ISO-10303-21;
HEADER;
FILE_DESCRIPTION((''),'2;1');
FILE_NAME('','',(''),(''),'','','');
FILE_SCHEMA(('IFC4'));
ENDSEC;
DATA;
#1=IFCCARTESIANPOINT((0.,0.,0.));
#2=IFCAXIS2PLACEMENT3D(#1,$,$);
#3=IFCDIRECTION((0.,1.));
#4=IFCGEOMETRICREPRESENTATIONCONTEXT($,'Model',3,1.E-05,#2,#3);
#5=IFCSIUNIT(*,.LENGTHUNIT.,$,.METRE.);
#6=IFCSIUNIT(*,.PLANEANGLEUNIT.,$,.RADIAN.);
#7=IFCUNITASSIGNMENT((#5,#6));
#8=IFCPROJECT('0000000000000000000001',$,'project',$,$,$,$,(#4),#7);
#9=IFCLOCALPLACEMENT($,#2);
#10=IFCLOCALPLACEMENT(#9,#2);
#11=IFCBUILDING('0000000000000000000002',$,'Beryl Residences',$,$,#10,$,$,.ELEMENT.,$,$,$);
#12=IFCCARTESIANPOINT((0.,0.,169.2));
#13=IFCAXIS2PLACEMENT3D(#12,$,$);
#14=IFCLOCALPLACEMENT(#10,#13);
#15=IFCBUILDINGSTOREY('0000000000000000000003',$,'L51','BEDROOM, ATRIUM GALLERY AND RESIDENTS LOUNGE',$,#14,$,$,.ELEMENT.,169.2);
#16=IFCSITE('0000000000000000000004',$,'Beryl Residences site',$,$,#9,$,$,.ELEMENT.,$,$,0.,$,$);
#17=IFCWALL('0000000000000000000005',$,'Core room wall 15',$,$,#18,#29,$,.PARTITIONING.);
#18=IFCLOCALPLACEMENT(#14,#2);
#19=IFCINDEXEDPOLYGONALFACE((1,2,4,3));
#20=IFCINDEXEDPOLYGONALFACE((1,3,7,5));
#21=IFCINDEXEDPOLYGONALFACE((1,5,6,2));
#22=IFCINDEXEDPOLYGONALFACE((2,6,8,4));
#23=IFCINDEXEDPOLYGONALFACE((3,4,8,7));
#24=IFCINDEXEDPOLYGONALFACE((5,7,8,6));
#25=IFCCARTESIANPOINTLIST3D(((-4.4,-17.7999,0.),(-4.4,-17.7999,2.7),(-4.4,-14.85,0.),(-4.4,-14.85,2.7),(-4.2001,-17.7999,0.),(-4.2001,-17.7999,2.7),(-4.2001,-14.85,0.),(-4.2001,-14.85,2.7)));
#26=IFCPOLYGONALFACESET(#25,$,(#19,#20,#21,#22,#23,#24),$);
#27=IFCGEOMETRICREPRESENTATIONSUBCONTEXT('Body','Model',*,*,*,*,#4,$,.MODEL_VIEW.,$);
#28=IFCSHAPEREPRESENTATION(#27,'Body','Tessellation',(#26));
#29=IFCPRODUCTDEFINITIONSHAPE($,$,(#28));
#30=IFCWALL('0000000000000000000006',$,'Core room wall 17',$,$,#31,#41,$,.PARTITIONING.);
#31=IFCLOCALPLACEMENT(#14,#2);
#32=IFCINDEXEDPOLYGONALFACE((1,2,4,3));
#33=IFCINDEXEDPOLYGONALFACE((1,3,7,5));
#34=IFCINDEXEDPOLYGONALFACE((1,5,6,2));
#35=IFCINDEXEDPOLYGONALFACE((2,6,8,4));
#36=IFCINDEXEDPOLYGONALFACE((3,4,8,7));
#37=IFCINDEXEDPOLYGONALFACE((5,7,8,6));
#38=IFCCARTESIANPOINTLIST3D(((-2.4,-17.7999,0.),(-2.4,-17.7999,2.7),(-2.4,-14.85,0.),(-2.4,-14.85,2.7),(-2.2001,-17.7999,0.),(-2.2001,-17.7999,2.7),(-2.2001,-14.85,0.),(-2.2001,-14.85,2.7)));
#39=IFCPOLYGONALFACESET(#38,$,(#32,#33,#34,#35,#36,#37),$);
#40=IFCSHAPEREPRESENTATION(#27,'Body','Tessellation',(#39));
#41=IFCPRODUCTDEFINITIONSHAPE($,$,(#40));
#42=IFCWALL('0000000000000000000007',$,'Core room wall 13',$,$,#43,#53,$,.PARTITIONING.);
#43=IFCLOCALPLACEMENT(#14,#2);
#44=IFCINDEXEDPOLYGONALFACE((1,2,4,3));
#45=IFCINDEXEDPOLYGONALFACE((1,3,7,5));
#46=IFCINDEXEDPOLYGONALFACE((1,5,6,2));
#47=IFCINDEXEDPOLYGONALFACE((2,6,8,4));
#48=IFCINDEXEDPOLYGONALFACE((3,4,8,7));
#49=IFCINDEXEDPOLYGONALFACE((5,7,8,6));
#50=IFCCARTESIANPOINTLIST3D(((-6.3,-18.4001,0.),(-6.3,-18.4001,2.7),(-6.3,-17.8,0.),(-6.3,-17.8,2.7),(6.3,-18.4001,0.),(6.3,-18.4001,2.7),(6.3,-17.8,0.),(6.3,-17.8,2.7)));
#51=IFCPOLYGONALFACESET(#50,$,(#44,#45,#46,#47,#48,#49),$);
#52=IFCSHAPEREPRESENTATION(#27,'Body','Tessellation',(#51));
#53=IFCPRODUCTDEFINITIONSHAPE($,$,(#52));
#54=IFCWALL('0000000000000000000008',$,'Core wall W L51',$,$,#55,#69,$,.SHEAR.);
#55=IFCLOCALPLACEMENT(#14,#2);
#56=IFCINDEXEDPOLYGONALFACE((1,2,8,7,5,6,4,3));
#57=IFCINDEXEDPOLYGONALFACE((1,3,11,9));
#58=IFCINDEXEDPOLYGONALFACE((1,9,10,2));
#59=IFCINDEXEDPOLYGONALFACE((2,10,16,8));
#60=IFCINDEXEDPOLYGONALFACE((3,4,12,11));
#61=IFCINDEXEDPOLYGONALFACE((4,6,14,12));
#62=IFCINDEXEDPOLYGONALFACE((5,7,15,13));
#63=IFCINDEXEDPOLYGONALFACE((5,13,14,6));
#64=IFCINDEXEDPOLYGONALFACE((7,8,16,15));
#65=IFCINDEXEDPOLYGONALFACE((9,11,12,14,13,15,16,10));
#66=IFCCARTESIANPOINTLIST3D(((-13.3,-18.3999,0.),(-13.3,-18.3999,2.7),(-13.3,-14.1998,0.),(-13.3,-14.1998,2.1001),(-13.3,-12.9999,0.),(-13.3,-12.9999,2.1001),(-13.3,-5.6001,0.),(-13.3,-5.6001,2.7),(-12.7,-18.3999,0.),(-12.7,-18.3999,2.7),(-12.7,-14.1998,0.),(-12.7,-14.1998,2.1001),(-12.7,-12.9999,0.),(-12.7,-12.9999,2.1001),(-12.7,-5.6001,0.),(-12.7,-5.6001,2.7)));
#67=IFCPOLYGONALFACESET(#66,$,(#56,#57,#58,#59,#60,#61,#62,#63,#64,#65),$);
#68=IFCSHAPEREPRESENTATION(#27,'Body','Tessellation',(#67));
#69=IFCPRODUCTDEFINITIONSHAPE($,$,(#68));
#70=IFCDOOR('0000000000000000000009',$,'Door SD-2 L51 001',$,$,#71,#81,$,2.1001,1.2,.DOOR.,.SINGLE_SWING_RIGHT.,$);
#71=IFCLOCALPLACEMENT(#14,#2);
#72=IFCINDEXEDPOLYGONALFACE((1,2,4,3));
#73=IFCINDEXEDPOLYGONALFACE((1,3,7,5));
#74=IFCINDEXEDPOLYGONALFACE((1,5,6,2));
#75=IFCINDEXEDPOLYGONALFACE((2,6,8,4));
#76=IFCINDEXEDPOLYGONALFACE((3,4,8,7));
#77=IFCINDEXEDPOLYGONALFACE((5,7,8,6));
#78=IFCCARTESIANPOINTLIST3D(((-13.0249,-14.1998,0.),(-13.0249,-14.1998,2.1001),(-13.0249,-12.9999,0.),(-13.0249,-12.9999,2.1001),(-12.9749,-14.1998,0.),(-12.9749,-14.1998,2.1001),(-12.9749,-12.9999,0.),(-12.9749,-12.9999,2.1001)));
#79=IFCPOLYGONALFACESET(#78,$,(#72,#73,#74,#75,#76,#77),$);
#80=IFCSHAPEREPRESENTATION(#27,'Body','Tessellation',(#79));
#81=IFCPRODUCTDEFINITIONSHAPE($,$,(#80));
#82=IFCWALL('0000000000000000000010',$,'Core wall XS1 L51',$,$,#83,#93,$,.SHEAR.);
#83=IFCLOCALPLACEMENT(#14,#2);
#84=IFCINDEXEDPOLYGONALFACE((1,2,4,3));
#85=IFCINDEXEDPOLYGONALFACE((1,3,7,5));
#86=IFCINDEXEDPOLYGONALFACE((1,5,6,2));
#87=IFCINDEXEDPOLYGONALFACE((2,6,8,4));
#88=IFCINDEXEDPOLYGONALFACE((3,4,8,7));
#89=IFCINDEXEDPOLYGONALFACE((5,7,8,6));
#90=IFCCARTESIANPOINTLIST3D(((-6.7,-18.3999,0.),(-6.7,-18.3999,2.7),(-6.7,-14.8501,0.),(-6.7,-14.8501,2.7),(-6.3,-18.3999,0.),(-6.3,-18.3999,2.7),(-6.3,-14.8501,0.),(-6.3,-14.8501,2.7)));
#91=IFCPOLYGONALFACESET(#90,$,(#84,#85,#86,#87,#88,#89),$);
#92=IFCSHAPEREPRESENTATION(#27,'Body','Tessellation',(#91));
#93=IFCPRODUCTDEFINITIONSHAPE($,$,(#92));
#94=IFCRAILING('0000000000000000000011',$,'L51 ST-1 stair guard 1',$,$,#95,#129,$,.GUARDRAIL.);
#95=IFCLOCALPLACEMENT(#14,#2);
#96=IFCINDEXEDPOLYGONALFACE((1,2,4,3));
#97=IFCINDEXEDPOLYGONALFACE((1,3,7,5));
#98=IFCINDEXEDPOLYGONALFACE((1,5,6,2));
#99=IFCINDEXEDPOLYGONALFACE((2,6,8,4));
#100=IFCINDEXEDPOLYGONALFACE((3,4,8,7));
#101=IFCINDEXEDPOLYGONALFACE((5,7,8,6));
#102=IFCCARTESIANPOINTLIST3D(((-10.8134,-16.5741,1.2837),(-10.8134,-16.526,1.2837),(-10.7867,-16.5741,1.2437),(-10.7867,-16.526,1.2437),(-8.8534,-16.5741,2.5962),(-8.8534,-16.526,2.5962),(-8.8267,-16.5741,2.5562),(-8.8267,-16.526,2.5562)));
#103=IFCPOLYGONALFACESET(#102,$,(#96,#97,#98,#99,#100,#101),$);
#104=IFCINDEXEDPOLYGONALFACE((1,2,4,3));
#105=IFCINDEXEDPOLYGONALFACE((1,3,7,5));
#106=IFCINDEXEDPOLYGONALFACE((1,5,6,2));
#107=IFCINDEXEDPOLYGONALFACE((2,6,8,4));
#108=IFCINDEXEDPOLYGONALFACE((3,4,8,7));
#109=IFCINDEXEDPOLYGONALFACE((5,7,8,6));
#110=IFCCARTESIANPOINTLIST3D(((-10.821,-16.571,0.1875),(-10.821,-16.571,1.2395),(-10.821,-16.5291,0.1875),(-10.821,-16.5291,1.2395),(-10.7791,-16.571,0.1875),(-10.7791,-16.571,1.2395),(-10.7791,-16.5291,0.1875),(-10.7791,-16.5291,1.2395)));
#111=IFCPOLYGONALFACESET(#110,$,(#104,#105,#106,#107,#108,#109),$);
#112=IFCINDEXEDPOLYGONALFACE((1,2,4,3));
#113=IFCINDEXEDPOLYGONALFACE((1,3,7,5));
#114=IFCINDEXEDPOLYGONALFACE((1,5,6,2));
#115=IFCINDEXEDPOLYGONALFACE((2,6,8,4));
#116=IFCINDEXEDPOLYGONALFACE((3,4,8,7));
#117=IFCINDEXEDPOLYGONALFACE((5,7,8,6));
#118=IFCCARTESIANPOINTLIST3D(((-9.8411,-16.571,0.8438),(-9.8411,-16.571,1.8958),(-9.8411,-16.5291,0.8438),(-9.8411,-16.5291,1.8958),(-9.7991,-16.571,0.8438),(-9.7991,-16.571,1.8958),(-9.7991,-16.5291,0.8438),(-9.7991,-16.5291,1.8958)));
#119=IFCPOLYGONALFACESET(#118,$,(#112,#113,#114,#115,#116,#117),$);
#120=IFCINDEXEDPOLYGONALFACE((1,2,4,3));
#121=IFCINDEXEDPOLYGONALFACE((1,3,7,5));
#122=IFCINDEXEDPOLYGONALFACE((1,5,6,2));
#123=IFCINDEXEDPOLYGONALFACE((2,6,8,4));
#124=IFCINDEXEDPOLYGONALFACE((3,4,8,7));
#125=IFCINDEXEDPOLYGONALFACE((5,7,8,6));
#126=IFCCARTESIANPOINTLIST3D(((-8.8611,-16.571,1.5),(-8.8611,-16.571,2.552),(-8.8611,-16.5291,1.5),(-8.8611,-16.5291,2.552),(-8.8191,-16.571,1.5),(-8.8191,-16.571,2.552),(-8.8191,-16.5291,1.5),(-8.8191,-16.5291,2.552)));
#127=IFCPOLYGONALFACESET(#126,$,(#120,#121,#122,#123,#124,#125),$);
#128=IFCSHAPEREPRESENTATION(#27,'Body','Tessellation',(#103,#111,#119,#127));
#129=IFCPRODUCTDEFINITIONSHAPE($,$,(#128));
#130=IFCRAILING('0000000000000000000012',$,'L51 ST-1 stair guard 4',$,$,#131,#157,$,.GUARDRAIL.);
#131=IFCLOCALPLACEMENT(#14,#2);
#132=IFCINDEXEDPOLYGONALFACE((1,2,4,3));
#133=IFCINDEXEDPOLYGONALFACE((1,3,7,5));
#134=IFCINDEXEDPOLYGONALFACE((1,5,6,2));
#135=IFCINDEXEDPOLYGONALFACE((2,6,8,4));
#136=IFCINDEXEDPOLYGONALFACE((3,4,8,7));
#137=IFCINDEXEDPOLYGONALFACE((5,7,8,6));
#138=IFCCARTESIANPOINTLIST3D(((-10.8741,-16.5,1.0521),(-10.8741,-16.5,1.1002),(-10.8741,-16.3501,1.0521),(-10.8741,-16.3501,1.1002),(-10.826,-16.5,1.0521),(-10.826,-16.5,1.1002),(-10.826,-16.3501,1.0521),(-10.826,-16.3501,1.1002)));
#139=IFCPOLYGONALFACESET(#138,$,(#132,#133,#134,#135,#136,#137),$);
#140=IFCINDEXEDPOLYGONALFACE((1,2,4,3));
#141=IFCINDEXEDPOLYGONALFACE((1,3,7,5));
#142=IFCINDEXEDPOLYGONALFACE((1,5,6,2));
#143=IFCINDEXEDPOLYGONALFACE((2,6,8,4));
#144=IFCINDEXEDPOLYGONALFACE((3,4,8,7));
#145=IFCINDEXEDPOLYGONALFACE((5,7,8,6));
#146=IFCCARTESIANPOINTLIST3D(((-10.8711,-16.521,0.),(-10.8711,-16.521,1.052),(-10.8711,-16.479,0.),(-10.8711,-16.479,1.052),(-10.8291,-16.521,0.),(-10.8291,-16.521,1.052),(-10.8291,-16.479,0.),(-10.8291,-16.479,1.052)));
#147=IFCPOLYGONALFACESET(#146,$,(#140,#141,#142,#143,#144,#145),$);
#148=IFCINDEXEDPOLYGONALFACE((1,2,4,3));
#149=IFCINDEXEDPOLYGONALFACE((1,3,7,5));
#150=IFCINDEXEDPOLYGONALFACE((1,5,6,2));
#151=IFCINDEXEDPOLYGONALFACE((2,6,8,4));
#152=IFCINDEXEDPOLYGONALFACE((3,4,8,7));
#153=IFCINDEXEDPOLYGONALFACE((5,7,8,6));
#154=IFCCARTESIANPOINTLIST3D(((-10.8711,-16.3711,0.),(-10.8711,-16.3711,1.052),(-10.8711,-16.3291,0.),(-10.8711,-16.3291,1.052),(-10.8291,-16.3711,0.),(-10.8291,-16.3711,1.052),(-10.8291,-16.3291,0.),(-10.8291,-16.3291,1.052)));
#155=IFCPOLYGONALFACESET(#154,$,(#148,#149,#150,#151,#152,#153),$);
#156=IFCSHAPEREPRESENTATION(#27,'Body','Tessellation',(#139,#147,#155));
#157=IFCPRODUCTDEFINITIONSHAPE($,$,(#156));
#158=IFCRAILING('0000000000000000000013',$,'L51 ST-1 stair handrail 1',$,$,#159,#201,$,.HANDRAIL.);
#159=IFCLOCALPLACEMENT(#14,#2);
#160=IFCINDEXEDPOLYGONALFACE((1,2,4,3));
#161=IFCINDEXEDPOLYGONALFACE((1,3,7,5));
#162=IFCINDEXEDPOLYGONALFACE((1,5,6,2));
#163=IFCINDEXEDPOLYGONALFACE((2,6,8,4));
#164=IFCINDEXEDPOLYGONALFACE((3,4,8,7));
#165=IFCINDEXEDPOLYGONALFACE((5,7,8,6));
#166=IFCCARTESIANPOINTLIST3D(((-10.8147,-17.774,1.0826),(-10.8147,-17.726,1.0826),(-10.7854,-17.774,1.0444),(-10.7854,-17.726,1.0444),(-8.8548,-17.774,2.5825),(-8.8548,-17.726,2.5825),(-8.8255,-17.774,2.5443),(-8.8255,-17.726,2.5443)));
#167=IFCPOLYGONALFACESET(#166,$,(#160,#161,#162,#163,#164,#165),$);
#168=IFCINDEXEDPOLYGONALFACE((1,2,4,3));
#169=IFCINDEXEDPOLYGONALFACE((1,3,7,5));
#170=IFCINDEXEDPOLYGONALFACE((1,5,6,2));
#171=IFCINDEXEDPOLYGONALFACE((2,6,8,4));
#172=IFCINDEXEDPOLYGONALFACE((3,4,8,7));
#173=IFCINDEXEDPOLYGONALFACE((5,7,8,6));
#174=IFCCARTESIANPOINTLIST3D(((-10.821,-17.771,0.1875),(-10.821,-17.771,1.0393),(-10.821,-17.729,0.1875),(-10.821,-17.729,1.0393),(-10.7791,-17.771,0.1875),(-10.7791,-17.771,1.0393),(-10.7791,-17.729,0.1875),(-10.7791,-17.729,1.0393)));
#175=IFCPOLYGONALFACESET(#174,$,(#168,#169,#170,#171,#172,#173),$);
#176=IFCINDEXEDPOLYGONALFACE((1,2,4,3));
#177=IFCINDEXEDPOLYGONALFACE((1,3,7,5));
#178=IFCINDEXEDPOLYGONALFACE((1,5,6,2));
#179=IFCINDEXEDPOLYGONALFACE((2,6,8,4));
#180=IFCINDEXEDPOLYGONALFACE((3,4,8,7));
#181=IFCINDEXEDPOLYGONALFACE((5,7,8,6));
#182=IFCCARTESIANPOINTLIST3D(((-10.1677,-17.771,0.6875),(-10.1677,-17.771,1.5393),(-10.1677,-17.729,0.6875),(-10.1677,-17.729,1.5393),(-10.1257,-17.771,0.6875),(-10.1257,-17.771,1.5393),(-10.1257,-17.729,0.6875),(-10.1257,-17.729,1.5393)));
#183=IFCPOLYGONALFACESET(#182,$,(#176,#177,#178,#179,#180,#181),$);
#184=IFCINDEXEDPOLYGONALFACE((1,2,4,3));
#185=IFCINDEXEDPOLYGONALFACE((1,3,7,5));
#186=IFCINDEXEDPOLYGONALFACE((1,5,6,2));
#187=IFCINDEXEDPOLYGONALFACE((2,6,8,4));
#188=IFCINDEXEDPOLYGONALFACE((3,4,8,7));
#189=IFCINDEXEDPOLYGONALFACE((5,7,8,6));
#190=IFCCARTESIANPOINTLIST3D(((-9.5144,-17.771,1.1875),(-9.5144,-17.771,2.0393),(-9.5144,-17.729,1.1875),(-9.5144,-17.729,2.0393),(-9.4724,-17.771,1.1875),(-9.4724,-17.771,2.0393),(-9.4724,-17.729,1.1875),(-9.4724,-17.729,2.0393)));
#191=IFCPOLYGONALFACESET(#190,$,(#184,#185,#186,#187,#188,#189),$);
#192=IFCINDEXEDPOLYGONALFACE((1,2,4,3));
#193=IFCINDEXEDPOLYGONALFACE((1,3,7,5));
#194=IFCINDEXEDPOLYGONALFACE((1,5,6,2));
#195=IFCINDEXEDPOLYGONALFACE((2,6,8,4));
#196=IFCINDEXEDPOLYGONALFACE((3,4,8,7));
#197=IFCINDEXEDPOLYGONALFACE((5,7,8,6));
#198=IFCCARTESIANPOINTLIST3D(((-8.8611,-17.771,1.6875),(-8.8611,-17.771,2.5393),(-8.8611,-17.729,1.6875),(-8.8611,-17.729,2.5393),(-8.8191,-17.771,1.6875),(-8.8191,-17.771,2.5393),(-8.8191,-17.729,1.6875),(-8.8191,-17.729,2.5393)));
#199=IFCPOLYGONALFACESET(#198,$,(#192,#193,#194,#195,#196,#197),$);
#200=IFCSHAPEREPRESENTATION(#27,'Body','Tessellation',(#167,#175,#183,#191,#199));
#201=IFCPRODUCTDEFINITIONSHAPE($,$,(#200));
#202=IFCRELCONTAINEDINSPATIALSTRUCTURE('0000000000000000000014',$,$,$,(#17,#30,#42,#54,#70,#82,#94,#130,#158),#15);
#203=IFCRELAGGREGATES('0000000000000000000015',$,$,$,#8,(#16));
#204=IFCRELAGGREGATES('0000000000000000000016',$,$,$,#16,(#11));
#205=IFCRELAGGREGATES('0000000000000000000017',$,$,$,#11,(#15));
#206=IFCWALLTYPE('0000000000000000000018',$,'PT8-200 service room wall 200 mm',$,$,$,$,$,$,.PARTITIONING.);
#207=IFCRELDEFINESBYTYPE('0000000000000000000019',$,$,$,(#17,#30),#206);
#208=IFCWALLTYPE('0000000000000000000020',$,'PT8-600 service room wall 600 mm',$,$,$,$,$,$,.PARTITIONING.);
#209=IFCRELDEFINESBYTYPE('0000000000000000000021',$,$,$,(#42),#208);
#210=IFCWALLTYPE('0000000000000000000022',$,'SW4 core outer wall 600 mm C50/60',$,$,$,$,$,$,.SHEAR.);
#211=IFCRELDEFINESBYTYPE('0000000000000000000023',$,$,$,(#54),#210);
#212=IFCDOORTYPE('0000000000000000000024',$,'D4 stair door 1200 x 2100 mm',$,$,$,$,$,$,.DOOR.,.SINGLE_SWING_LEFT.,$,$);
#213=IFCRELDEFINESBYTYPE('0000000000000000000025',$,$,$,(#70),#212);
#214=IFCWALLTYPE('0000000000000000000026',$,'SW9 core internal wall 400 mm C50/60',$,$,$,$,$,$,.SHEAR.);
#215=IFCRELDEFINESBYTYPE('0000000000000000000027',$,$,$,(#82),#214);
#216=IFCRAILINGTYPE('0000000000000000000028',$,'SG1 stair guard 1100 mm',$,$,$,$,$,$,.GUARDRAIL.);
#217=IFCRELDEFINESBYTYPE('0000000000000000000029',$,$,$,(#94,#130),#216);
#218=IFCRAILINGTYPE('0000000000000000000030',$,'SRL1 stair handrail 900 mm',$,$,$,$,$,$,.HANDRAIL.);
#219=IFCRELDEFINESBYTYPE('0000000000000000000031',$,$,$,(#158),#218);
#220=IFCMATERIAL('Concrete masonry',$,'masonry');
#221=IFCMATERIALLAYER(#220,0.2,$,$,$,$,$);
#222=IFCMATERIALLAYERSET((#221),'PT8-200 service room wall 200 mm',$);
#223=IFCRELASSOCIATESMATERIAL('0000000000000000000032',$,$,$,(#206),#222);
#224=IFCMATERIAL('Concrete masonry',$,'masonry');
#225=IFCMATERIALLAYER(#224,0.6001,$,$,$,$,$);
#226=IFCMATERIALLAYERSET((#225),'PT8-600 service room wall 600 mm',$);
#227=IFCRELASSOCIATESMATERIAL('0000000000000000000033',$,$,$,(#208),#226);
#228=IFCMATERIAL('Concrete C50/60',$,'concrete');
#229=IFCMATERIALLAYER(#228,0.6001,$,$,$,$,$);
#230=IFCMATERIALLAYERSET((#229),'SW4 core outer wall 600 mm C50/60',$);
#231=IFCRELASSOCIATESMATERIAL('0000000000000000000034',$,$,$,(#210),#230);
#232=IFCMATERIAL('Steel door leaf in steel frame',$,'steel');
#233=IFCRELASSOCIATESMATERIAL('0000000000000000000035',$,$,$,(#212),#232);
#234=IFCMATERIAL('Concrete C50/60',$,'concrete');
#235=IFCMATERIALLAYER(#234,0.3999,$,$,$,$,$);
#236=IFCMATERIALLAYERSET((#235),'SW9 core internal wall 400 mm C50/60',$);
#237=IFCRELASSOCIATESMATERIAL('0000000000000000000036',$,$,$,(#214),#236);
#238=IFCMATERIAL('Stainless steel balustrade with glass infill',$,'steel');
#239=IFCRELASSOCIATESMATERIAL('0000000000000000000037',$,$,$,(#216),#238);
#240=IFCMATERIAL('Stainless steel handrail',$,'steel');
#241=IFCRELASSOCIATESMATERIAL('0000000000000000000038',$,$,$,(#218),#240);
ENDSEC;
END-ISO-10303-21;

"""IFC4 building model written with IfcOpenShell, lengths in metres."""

from ifc_helpers import new_model, si_unit, direction, frame, frame_2d, origin, origin_2d, place, context, subcontext, project, spatial, rectangle, extrude, material, layer, layer_set, type_object, element, fill, save


model = new_model("IFC4")

# Units and contexts
model_context = context("Model", 3, precision=1e-05, world=origin(), true_north=direction((0.0, 1.0)))
body_context = subcontext(model_context, "Body", "Model", "MODEL_VIEW")
ifc_project = project(units=[si_unit("LENGTHUNIT", "METRE"), si_unit("PLANEANGLEUNIT", "RADIAN")], contexts=[model_context])

# Site, building, storey
site_placement = place(None, origin())
site = spatial("IfcSite", under=ifc_project, at=site_placement, Name="Beryl Residences site", CompositionType="ELEMENT", RefElevation=0.0)
building_placement = place(site_placement, origin())
building = spatial("IfcBuilding", under=site, at=building_placement, Name="Beryl Residences", CompositionType="ELEMENT")
storey_placement = place(building_placement, frame((0.0, 0.0, 169.2)))
storey = spatial("IfcBuildingStorey", under=building, at=storey_placement, Name="L51", Description="BEDROOM, ATRIUM GALLERY AND RESIDENTS LOUNGE", CompositionType="ELEMENT", Elevation=169.2)

# Walls
ifc_material_1 = material(Name="Concrete masonry", Category="masonry")
ifc_layer_1 = layer(ifc_material_1, 0.2)
ifc_layer_set_1 = layer_set([ifc_layer_1], Name="PT8-200 service room wall 200 mm")
wall_type_1 = type_object("IfcWallType", Name="PT8-200 service room wall 200 mm", PredefinedType="PARTITIONING", material=ifc_layer_set_1)
for number, where, z_axis, x_axis, name in (
    (1, (-4.3, -17.8, 0.0), (0.0, 0.0, 1.0), (0.0, 1.0, 0.0), "Core room wall 15"),
    (2, (-2.3, -17.8, 0.0), (0.0, 0.0, 1.0), (0.0, 1.0, 0.0), "Core room wall 17"),
):
    element("IfcWall", number, at=place(storey_placement, frame(where, z_axis=z_axis, x_axis=x_axis)), inside=storey, type_object=wall_type_1, Name=name, PredefinedType="PARTITIONING", context=body_context, shape_type="SweptSolid", body=[
        extrude(rectangle(XDim=2.95, YDim=0.2, at=frame_2d((1.4751, 0.0))), origin(), (0.0, 0.0, 1.0), 2.7),
    ])
ifc_material_2 = material(Name="Concrete masonry", Category="masonry")
ifc_layer_2 = layer(ifc_material_2, 0.6001)
ifc_layer_set_2 = layer_set([ifc_layer_2], Name="PT8-600 service room wall 600 mm")
wall_type_2 = type_object("IfcWallType", Name="PT8-600 service room wall 600 mm", PredefinedType="PARTITIONING", material=ifc_layer_set_2)
wall_1_placement = place(storey_placement, frame((-6.3, -18.1001, 0.0), z_axis=(0.0, 0.0, 1.0), x_axis=(1.0, 0.0, 0.0)))
element("IfcWall", 3, at=wall_1_placement, inside=storey, type_object=wall_type_2, Name="Core room wall 13", PredefinedType="PARTITIONING", context=body_context, shape_type="SweptSolid", body=[
    extrude(rectangle(XDim=12.6001, YDim=0.6001, at=frame_2d((6.3, 0.0))), origin(), (0.0, 0.0, 1.0), 2.7),
])

# Wall, opening, door
ifc_material_3 = material(Name="Concrete C50/60", Category="concrete")
ifc_layer_3 = layer(ifc_material_3, 0.6001)
ifc_layer_set_3 = layer_set([ifc_layer_3], Name="SW4 core outer wall 600 mm C50/60")
wall_type_3 = type_object("IfcWallType", Name="SW4 core outer wall 600 mm C50/60", PredefinedType="SHEAR", material=ifc_layer_set_3)
wall_2_placement = place(storey_placement, frame((-13.0, -18.3999, 0.0), z_axis=(0.0, 0.0, 1.0), x_axis=(0.0, 1.0, 0.0)))
wall_2 = element("IfcWall", 4, at=wall_2_placement, inside=storey, type_object=wall_type_3, Name="Core wall W L51", PredefinedType="SHEAR", context=body_context, shape_type="SweptSolid", body=[
    extrude(rectangle(XDim=12.7998, YDim=0.6001, at=frame_2d((6.3999, 0.0))), origin(), (0.0, 0.0, 1.0), 2.7),
])
opening_1_placement = place(wall_2_placement, frame((4.2, 0.0, 0.0)))
opening_1 = element("IfcOpeningElement", 5, at=opening_1_placement, cuts=wall_2, PredefinedType="OPENING", context=body_context, shape_type="SweptSolid", body=[
    extrude(rectangle(XDim=1.2, YDim=2.1001, at=frame_2d((0.6001, 1.05))), frame((0.0, 0.3101, 0.0), z_axis=(0.0, -1.0, 0.0), x_axis=(1.0, 0.0, 0.0)), (0.0, 0.0, 1.0), 0.6201),
])
ifc_material_4 = material(Name="Steel door leaf in steel frame", Category="steel")
door_type = type_object("IfcDoorType", Name="D4 stair door 1200 x 2100 mm", OperationType="SINGLE_SWING_LEFT", PredefinedType="DOOR", material=ifc_material_4)
door_placement = place(opening_1_placement, origin())
door = element("IfcDoor", 6, at=door_placement, inside=storey, type_object=door_type, Name="Door SD-2 L51 001", OperationType="SINGLE_SWING_RIGHT", OverallHeight=2.1001, OverallWidth=1.2, PredefinedType="DOOR", context=body_context, shape_type="SweptSolid", body=[
    extrude(rectangle(XDim=1.2, YDim=2.1001, at=frame_2d((0.6001, 1.05))), frame((0.0, 0.0249, 0.0), z_axis=(0.0, -1.0, 0.0), x_axis=(1.0, 0.0, 0.0)), (0.0, 0.0, 1.0), 0.05),
])
fill(opening_1, door)

# Wall
ifc_material_5 = material(Name="Concrete C50/60", Category="concrete")
ifc_layer_4 = layer(ifc_material_5, 0.3999)
ifc_layer_set_4 = layer_set([ifc_layer_4], Name="SW9 core internal wall 400 mm C50/60")
wall_type_4 = type_object("IfcWallType", Name="SW9 core internal wall 400 mm C50/60", PredefinedType="SHEAR", material=ifc_layer_set_4)
wall_3_placement = place(storey_placement, frame((-6.5, -18.3999, 0.0), z_axis=(0.0, 0.0, 1.0), x_axis=(0.0, 1.0, 0.0)))
element("IfcWall", 7, at=wall_3_placement, inside=storey, type_object=wall_type_4, Name="Core wall XS1 L51", PredefinedType="SHEAR", context=body_context, shape_type="SweptSolid", body=[
    extrude(rectangle(XDim=3.5498, YDim=0.3999, at=frame_2d((1.7749, 0.0))), origin(), (0.0, 0.0, 1.0), 2.7),
])

# Railings
ifc_material_6 = material(Name="Stainless steel balustrade with glass infill", Category="steel")
railing_type_1 = type_object("IfcRailingType", Name="SG1 stair guard 1100 mm", PredefinedType="GUARDRAIL", material=ifc_material_6)
railing_1_placement = place(storey_placement, frame((-10.8, -16.55, 0.1875)))
element("IfcRailing", 8, at=railing_1_placement, inside=storey, type_object=railing_type_1, Name="L51 ST-1 stair guard 1", PredefinedType="GUARDRAIL", context=body_context, shape_type="SweptSolid", body=[
    extrude(rectangle(XDim=0.0481, YDim=0.0481, at=origin_2d()), frame((0.0, 0.0, 1.0762), z_axis=(0.830902, 0.0, 0.556419), x_axis=(0.0, 1.0, 0.0)), (0.0, 0.0, 1.0), 2.3589),
    extrude(rectangle(XDim=0.042, YDim=0.042, at=origin_2d()), origin(), (0.0, 0.0, 1.0), 1.052),
    extrude(rectangle(XDim=0.042, YDim=0.042, at=origin_2d()), frame((0.98, 0.0, 0.6562)), (0.0, 0.0, 1.0), 1.052),
    extrude(rectangle(XDim=0.042, YDim=0.042, at=origin_2d()), frame((1.96, 0.0, 1.3125)), (0.0, 0.0, 1.0), 1.052),
])
railing_2_placement = place(storey_placement, frame((-10.8501, -16.5, 0.0)))
element("IfcRailing", 9, at=railing_2_placement, inside=storey, type_object=railing_type_1, Name="L51 ST-1 stair guard 4", PredefinedType="GUARDRAIL", context=body_context, shape_type="SweptSolid", body=[
    extrude(rectangle(XDim=0.0481, YDim=0.0481, at=origin_2d()), frame((0.0, 0.0, 1.0762), z_axis=(0.0, 1.0, 0.0), x_axis=(-1.0, 0.0, 0.0)), (0.0, 0.0, 1.0), 0.1499),
    extrude(rectangle(XDim=0.042, YDim=0.042, at=origin_2d()), origin(), (0.0, 0.0, 1.0), 1.052),
    extrude(rectangle(XDim=0.042, YDim=0.042, at=origin_2d()), frame((0.0, 0.1499, 0.0)), (0.0, 0.0, 1.0), 1.052),
])
ifc_material_7 = material(Name="Stainless steel handrail", Category="steel")
railing_type_2 = type_object("IfcRailingType", Name="SRL1 stair handrail 900 mm", PredefinedType="HANDRAIL", material=ifc_material_7)
railing_3_placement = place(storey_placement, frame((-10.8, -17.75, 0.1875)))
element("IfcRailing", 10, at=railing_3_placement, inside=storey, type_object=railing_type_2, Name="L51 ST-1 stair handrail 1", PredefinedType="HANDRAIL", context=body_context, shape_type="SweptSolid", body=[
    extrude(rectangle(XDim=0.0481, YDim=0.0481, at=origin_2d()), frame((0.0, 0.0, 0.876), z_axis=(0.794122, 0.0, 0.607758), x_axis=(0.0, 1.0, 0.0)), (0.0, 0.0, 1.0), 2.468),
    extrude(rectangle(XDim=0.042, YDim=0.042, at=origin_2d()), origin(), (0.0, 0.0, 1.0), 0.8518),
    extrude(rectangle(XDim=0.042, YDim=0.042, at=origin_2d()), frame((0.6533, 0.0, 0.5)), (0.0, 0.0, 1.0), 0.8518),
    extrude(rectangle(XDim=0.042, YDim=0.042, at=origin_2d()), frame((1.3066, 0.0, 1.0)), (0.0, 0.0, 1.0), 0.8518),
    extrude(rectangle(XDim=0.042, YDim=0.042, at=origin_2d()), frame((1.96, 0.0, 1.5)), (0.0, 0.0, 1.0), 0.8518),
])

save(model, "model.ifc")
